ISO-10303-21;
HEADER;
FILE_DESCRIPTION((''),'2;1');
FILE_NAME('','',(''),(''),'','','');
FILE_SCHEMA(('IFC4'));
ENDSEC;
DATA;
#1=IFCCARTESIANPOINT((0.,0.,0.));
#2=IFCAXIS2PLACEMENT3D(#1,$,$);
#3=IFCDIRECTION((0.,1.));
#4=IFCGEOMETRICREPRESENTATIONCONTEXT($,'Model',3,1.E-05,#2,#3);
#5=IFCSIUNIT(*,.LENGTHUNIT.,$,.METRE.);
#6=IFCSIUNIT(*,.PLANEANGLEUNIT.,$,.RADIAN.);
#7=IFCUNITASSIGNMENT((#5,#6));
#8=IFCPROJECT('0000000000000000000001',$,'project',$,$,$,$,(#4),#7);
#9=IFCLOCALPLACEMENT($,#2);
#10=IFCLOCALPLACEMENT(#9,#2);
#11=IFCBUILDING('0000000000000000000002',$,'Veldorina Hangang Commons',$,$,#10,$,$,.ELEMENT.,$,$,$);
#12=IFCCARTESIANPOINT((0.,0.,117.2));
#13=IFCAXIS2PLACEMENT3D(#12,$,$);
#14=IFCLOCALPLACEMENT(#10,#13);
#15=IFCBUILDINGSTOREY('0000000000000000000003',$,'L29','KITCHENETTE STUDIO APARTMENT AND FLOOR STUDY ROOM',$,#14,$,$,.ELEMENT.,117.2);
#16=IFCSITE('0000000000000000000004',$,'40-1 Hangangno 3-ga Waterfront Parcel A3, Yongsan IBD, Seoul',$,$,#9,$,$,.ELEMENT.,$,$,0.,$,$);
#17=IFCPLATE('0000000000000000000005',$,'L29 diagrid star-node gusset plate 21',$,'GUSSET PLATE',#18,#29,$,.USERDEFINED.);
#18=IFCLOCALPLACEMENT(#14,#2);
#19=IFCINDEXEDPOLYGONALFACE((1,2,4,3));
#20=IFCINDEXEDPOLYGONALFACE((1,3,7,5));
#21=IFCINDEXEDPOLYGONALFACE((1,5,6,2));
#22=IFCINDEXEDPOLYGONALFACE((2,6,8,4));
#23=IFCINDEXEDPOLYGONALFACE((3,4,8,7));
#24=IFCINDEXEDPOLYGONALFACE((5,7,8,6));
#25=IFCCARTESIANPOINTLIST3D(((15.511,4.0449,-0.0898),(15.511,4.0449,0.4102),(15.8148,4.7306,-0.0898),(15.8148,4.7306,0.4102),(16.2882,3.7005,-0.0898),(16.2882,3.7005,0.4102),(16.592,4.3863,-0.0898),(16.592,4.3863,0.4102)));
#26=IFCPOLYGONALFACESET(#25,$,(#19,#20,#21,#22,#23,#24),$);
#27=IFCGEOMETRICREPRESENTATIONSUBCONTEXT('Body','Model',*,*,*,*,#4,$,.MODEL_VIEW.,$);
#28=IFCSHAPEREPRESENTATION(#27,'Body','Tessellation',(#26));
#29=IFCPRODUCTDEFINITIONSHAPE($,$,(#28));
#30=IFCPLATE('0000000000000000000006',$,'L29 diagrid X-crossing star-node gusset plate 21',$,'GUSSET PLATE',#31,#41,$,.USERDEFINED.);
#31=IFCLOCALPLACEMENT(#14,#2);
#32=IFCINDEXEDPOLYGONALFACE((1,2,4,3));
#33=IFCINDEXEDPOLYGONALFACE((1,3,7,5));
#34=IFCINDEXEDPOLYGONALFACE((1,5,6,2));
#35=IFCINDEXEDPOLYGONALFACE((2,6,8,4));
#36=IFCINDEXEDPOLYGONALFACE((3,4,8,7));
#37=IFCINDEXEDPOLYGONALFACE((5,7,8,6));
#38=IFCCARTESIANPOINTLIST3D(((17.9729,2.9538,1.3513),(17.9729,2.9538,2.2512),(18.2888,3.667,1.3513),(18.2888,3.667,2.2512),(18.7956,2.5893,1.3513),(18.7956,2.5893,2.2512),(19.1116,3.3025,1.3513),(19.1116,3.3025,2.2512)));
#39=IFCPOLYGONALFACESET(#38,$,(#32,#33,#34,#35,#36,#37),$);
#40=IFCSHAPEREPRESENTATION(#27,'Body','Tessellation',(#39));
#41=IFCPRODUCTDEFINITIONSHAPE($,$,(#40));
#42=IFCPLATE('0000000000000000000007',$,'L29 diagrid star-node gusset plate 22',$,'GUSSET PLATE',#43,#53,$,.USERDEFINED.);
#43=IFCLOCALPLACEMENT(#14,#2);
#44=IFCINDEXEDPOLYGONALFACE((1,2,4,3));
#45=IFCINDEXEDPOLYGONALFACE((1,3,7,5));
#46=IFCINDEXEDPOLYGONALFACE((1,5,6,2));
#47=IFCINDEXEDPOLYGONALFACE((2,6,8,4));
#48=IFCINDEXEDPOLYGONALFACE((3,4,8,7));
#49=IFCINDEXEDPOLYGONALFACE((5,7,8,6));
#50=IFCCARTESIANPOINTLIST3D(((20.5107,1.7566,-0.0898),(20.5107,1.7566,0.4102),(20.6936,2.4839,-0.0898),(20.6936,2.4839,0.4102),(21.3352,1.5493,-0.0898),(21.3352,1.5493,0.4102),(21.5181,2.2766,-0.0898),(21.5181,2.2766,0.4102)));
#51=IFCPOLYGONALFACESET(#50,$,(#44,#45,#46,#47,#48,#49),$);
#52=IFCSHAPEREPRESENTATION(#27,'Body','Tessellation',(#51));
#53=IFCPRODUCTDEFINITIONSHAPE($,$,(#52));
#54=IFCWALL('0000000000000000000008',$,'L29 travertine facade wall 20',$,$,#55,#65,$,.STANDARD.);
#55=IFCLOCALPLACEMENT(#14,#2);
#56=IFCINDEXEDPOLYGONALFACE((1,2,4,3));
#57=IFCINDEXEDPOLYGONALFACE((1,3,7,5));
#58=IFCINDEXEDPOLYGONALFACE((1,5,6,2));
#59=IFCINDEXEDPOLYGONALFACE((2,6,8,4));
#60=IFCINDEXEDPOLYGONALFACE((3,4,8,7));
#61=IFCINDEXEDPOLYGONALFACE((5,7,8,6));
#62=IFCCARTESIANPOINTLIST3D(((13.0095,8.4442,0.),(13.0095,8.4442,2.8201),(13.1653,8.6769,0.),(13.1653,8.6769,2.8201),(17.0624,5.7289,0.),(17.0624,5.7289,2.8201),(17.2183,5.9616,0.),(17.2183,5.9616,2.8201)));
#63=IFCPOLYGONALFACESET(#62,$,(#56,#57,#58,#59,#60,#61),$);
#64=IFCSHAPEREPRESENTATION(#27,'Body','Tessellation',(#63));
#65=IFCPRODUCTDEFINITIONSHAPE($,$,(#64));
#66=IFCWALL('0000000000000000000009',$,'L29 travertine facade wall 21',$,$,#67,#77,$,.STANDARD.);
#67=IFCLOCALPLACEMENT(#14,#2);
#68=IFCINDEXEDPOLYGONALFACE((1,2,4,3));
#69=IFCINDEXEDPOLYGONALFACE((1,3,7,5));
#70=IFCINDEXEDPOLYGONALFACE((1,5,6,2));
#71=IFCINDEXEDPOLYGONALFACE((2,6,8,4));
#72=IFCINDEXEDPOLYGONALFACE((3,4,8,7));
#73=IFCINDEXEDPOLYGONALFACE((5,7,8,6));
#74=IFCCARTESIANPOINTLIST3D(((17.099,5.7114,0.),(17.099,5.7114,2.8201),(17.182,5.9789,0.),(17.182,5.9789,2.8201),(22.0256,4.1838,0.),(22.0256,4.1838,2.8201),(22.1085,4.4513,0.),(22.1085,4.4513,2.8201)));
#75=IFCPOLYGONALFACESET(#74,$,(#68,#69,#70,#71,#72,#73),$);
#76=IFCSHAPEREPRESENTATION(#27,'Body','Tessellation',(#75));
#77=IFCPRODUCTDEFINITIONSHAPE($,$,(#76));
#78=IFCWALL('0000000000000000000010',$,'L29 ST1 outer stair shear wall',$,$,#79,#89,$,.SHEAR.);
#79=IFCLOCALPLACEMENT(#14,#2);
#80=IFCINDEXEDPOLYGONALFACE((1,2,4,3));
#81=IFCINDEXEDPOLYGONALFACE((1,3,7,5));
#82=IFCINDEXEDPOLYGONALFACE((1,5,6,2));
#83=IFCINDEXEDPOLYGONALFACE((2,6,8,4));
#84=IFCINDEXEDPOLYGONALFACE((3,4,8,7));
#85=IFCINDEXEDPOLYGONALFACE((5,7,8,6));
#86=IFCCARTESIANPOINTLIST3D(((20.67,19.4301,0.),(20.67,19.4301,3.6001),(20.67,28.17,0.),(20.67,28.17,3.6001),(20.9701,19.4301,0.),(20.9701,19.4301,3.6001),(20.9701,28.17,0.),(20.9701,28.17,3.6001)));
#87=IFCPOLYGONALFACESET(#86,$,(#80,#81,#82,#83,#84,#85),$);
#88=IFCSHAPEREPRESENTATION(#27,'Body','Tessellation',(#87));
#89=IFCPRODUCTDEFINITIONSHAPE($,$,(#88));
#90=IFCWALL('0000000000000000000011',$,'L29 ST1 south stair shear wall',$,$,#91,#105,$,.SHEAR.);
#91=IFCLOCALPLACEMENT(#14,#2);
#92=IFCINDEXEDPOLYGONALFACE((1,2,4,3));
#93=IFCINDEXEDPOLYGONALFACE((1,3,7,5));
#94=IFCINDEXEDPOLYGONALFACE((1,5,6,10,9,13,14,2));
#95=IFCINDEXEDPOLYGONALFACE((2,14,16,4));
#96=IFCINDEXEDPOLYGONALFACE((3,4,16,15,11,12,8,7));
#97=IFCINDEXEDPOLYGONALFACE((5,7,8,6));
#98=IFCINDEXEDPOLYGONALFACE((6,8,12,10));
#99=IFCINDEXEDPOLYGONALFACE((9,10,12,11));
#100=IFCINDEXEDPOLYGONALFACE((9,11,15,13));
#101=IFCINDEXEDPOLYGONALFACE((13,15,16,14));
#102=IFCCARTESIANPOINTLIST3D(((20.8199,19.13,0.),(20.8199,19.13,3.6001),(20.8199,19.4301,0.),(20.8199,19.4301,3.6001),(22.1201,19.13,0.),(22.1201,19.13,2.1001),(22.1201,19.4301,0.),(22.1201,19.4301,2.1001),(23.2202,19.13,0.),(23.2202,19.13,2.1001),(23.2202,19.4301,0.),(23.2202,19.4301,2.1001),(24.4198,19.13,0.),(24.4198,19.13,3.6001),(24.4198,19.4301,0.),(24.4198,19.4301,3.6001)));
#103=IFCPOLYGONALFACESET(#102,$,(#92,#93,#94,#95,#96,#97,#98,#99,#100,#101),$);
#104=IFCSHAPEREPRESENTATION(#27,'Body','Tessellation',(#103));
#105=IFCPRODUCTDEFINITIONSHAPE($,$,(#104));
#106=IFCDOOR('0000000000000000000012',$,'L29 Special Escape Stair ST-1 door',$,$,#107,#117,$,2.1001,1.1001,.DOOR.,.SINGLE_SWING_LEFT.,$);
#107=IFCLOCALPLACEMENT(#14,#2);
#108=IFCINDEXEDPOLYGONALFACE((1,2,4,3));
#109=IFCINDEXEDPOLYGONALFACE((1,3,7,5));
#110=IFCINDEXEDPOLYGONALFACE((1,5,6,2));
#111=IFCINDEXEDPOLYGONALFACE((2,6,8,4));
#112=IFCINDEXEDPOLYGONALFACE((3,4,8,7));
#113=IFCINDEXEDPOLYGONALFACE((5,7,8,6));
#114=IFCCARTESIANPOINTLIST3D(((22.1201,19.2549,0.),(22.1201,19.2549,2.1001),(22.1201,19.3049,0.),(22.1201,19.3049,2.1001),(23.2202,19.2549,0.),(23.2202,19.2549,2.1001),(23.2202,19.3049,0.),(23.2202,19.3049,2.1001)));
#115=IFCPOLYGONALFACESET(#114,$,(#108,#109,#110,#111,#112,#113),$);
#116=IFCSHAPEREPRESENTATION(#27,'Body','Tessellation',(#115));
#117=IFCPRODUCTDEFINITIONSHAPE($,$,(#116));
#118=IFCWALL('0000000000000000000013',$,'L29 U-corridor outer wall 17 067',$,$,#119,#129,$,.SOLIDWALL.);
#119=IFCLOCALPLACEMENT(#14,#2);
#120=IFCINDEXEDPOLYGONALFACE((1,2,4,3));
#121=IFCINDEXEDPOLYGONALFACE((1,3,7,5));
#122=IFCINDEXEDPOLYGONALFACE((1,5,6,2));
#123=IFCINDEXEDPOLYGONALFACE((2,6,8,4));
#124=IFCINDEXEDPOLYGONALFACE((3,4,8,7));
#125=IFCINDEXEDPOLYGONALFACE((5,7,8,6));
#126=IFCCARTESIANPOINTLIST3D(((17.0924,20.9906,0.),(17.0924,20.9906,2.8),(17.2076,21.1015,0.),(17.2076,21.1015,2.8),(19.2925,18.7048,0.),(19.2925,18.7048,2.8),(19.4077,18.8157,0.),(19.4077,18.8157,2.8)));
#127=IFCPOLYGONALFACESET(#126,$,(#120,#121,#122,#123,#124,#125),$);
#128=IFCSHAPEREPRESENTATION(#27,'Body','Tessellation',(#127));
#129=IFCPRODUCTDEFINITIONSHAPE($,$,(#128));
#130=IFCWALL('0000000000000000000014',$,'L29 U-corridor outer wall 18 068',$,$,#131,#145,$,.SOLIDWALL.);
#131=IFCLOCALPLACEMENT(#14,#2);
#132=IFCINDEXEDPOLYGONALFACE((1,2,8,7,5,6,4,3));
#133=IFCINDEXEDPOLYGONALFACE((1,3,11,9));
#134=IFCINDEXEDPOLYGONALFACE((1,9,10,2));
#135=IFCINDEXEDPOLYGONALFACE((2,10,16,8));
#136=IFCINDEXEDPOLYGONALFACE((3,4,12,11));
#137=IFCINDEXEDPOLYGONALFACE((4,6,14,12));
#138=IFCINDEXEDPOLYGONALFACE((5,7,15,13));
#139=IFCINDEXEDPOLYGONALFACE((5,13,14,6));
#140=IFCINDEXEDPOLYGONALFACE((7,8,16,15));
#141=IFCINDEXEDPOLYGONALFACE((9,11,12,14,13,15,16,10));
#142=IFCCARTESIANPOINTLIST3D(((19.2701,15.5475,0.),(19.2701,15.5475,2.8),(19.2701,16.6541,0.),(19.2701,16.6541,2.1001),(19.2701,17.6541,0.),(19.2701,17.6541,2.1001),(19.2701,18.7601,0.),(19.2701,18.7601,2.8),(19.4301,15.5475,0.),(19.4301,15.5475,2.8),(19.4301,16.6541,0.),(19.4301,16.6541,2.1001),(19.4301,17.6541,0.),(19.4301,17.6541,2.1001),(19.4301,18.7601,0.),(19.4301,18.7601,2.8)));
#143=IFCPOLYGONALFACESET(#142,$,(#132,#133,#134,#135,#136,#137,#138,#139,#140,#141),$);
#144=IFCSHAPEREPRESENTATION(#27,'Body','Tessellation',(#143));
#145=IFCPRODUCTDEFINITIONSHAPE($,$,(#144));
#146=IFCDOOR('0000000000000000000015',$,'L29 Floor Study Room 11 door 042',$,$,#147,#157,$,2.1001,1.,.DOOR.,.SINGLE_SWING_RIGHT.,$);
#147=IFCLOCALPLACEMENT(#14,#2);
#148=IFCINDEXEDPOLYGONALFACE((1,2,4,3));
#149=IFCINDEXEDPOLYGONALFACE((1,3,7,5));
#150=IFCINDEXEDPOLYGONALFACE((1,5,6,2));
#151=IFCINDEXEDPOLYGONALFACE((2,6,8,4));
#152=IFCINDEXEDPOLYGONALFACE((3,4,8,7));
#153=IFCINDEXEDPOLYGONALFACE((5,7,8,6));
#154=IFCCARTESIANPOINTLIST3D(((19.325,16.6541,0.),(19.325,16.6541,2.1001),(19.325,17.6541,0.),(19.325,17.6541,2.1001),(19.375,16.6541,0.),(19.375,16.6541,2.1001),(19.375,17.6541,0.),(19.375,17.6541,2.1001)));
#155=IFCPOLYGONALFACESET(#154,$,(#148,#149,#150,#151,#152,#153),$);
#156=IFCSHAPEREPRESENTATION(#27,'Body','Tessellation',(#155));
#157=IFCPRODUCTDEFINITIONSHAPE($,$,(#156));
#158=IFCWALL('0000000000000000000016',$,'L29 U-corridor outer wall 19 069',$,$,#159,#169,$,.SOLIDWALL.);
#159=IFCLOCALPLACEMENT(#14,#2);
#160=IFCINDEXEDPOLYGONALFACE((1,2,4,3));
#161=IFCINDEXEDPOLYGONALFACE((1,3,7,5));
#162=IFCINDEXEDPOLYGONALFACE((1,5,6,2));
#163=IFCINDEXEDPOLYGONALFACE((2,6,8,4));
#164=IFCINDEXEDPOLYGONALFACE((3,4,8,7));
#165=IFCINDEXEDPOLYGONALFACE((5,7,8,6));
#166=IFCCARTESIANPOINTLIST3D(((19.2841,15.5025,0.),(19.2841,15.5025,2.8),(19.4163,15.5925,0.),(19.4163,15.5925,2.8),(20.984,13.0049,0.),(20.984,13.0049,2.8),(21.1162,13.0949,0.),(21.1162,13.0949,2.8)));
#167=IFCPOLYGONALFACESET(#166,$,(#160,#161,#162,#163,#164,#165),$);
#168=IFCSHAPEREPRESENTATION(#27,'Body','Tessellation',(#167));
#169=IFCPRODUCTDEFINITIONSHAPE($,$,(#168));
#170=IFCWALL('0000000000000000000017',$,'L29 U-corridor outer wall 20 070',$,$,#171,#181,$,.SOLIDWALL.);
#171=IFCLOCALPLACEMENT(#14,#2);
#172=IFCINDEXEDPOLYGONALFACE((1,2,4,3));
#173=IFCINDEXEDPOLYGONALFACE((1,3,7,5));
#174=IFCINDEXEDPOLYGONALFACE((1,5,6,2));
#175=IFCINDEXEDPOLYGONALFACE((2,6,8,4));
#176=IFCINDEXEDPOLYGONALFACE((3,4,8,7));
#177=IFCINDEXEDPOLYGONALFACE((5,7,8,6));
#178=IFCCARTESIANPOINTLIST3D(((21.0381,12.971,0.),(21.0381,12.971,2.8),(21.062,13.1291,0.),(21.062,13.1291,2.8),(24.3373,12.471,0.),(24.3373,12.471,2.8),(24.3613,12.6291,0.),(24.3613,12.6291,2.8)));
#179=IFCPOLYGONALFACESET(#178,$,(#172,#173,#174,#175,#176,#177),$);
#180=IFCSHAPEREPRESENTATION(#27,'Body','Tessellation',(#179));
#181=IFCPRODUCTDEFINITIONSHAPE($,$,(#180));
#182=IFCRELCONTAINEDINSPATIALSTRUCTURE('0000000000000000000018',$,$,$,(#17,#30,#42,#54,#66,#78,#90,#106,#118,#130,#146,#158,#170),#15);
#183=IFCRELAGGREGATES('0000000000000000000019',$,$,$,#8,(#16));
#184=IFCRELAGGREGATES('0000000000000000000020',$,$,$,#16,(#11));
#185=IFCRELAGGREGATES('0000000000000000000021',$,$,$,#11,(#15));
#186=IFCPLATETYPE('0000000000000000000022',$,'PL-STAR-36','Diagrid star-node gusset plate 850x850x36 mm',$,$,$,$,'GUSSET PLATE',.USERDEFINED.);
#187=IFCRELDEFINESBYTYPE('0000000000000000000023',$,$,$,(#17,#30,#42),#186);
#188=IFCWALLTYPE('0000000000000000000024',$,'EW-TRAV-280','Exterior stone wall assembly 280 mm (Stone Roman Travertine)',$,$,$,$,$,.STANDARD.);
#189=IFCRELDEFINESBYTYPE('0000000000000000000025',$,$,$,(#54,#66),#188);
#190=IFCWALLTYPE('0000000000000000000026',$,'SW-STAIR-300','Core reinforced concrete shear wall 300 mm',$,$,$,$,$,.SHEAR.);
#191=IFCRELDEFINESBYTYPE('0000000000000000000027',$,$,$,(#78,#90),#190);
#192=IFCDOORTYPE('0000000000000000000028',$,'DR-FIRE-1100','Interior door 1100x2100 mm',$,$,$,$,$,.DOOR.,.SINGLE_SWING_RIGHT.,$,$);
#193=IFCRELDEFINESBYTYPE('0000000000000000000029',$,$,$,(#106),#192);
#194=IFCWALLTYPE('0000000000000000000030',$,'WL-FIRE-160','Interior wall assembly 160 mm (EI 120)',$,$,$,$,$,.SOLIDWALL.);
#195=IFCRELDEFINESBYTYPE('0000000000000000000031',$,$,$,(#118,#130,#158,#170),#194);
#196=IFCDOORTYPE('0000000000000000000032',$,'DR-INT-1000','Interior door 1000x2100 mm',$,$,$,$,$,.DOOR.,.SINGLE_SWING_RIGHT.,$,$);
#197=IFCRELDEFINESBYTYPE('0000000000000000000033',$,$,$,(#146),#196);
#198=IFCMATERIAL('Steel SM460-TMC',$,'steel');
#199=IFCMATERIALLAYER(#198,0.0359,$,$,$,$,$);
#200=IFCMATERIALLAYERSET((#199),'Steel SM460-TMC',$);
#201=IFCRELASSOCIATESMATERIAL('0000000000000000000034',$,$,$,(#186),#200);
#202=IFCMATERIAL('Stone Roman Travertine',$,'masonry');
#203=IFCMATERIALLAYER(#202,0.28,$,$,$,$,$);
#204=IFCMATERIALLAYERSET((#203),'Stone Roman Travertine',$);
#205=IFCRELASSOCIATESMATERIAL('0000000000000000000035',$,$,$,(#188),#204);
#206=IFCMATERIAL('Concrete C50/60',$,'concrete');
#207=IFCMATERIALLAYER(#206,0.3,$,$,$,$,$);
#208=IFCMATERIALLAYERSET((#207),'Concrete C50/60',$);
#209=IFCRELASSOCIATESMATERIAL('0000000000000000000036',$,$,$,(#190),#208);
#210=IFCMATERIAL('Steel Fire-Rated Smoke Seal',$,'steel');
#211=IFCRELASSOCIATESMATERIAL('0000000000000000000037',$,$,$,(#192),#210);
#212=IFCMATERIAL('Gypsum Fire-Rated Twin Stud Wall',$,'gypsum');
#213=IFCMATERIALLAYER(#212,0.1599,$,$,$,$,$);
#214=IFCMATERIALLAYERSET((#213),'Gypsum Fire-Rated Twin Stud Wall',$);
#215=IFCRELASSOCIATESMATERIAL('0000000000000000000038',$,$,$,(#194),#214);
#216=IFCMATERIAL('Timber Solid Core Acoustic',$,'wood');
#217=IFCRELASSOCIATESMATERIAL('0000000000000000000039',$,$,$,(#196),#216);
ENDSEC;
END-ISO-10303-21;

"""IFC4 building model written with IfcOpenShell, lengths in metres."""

from ifc_helpers import new_model, si_unit, direction, frame, frame_2d, origin, origin_2d, place, context, subcontext, project, spatial, rectangle, extrude, material, layer, layer_set, type_object, element, fill, save


model = new_model("IFC4")

# Units and contexts
model_context = context("Model", 3, precision=1e-05, world=origin(), true_north=direction((0.0, 1.0)))
body_context = subcontext(model_context, "Body", "Model", "MODEL_VIEW")
ifc_project = project(units=[si_unit("LENGTHUNIT", "METRE"), si_unit("PLANEANGLEUNIT", "RADIAN")], contexts=[model_context])

# Site, building, storey
site_placement = place(None, origin())
site = spatial("IfcSite", under=ifc_project, at=site_placement, Name="40-1 Hangangno 3-ga Waterfront Parcel A3, Yongsan IBD, Seoul", CompositionType="ELEMENT", RefElevation=0.0)
building_placement = place(site_placement, origin())
building = spatial("IfcBuilding", under=site, at=building_placement, Name="Veldorina Hangang Commons", CompositionType="ELEMENT")
storey_placement = place(building_placement, frame((0.0, 0.0, 117.2)))
storey = spatial("IfcBuildingStorey", under=building, at=storey_placement, Name="L29", Description="KITCHENETTE STUDIO APARTMENT AND FLOOR STUDY ROOM", CompositionType="ELEMENT", Elevation=117.2)

# Plates
ifc_material_1 = material(Name="Steel SM460-TMC", Category="steel")
ifc_layer_1 = layer(ifc_material_1, 0.0359)
ifc_layer_set_1 = layer_set([ifc_layer_1], Name="Steel SM460-TMC")
plate_type = type_object("IfcPlateType", Name="PL-STAR-36", Description="Diagrid star-node gusset plate 850x850x36 mm", ElementType="GUSSET PLATE", PredefinedType="USERDEFINED", material=ifc_layer_set_1)
plate_1_placement = place(storey_placement, frame((16.0515, 4.2156, -0.0898), z_axis=(0.0, 0.0, 1.0), x_axis=(0.914289, -0.405062, 0.0)))
element("IfcPlate", 1, at=plate_1_placement, inside=storey, type_object=plate_type, Name="L29 diagrid star-node gusset plate 21", ObjectType="GUSSET PLATE", PredefinedType="USERDEFINED", context=body_context, shape_type="SweptSolid", body=[
    extrude(rectangle(XDim=0.8501, YDim=0.75, at=origin_2d()), origin(), (0.0, 0.0, 1.0), 0.5),
])
plate_2_placement = place(storey_placement, frame((18.5422, 3.1282, 1.3513), z_axis=(0.0, 0.0, 1.0), x_axis=(0.914289, -0.405062, 0.0)))
element("IfcPlate", 2, at=plate_2_placement, inside=storey, type_object=plate_type, Name="L29 diagrid X-crossing star-node gusset plate 21", ObjectType="GUSSET PLATE", PredefinedType="USERDEFINED", context=body_context, shape_type="SweptSolid", body=[
    extrude(rectangle(XDim=0.8999, YDim=0.78, at=origin_2d()), origin(), (0.0, 0.0, 1.0), 0.8999),
])
plate_3_placement = place(storey_placement, frame((21.0144, 2.0166, -0.0898), z_axis=(0.0, 0.0, 1.0), x_axis=(0.969808, -0.243869, 0.0)))
element("IfcPlate", 3, at=plate_3_placement, inside=storey, type_object=plate_type, Name="L29 diagrid star-node gusset plate 22", ObjectType="GUSSET PLATE", PredefinedType="USERDEFINED", context=body_context, shape_type="SweptSolid", body=[
    extrude(rectangle(XDim=0.8501, YDim=0.75, at=origin_2d()), origin(), (0.0, 0.0, 1.0), 0.5),
])

# Walls
ifc_material_2 = material(Name="Stone Roman Travertine", Category="masonry")
ifc_layer_2 = layer(ifc_material_2, 0.28)
ifc_layer_set_2 = layer_set([ifc_layer_2], Name="Stone Roman Travertine")
wall_type_1 = type_object("IfcWallType", Name="EW-TRAV-280", Description="Exterior stone wall assembly 280 mm (Stone Roman Travertine)", PredefinedType="STANDARD", material=ifc_layer_set_2)
wall_1_placement = place(storey_placement, frame((13.0874, 8.5605, 0.0), z_axis=(0.0, 0.0, 1.0), x_axis=(0.830785, -0.556593, 0.0)))
element("IfcWall", 4, at=wall_1_placement, inside=storey, type_object=wall_type_1, Name="L29 travertine facade wall 20", PredefinedType="STANDARD", context=body_context, shape_type="SweptSolid", body=[
    extrude(rectangle(XDim=4.8784, YDim=0.28, at=frame_2d((2.4392, 0.0))), origin(), (0.0, 0.0, 1.0), 2.8201),
])
wall_2_placement = place(storey_placement, frame((17.1404, 5.8452, 0.0), z_axis=(0.0, 0.0, 1.0), x_axis=(0.955137, -0.296164, 0.0)))
element("IfcWall", 5, at=wall_2_placement, inside=storey, type_object=wall_type_1, Name="L29 travertine facade wall 21", PredefinedType="STANDARD", context=body_context, shape_type="SweptSolid", body=[
    extrude(rectangle(XDim=5.158, YDim=0.28, at=frame_2d((2.5791, 0.0))), origin(), (0.0, 0.0, 1.0), 2.8201),
])
ifc_material_3 = material(Name="Concrete C50/60", Category="concrete")
ifc_layer_3 = layer(ifc_material_3, 0.3)
ifc_layer_set_3 = layer_set([ifc_layer_3], Name="Concrete C50/60")
wall_type_2 = type_object("IfcWallType", Name="SW-STAIR-300", Description="Core reinforced concrete shear wall 300 mm", PredefinedType="SHEAR", material=ifc_layer_set_3)
wall_3_placement = place(storey_placement, frame((20.8201, 19.4299, 0.0), z_axis=(0.0, 0.0, 1.0), x_axis=(0.0, 1.0, 0.0)))
element("IfcWall", 6, at=wall_3_placement, inside=storey, type_object=wall_type_2, Name="L29 ST1 outer stair shear wall", PredefinedType="SHEAR", context=body_context, shape_type="SweptSolid", body=[
    extrude(rectangle(XDim=8.74, YDim=0.3, at=frame_2d((4.3701, 0.0))), origin(), (0.0, 0.0, 1.0), 3.6001),
])

# Wall, opening, door
wall_4_placement = place(storey_placement, frame((20.8201, 19.28, 0.0), z_axis=(0.0, 0.0, 1.0), x_axis=(1.0, 0.0, 0.0)))
wall_4 = element("IfcWall", 7, at=wall_4_placement, inside=storey, type_object=wall_type_2, Name="L29 ST1 south stair shear wall", PredefinedType="SHEAR", context=body_context, shape_type="SweptSolid", body=[
    extrude(rectangle(XDim=3.5999, YDim=0.3, at=frame_2d((1.7998, 0.0))), origin(), (0.0, 0.0, 1.0), 3.6001),
])
opening_1_placement = place(wall_4_placement, frame((1.3, 0.0, 0.0)))
opening_1 = element("IfcOpeningElement", 8, at=opening_1_placement, cuts=wall_4, PredefinedType="OPENING", context=body_context, shape_type="SweptSolid", body=[
    extrude(rectangle(XDim=1.1001, YDim=2.1001, at=frame_2d((0.55, 1.05))), frame((0.0, 0.1602, 0.0), z_axis=(0.0, -1.0, 0.0), x_axis=(1.0, 0.0, 0.0)), (0.0, 0.0, 1.0), 0.3201),
])
ifc_material_4 = material(Name="Steel Fire-Rated Smoke Seal", Category="steel")
door_type_1 = type_object("IfcDoorType", Name="DR-FIRE-1100", Description="Interior door 1100x2100 mm", OperationType="SINGLE_SWING_RIGHT", PredefinedType="DOOR", material=ifc_material_4)
door_1_placement = place(opening_1_placement, origin())
door_1 = element("IfcDoor", 9, at=door_1_placement, inside=storey, type_object=door_type_1, Name="L29 Special Escape Stair ST-1 door", OperationType="SINGLE_SWING_LEFT", OverallHeight=2.1001, OverallWidth=1.1001, PredefinedType="DOOR", context=body_context, shape_type="SweptSolid", body=[
    extrude(rectangle(XDim=1.1001, YDim=2.1001, at=frame_2d((0.55, 1.05))), frame((0.0, 0.0249, 0.0), z_axis=(0.0, -1.0, 0.0), x_axis=(1.0, 0.0, 0.0)), (0.0, 0.0, 1.0), 0.05),
])
fill(opening_1, door_1)

# Wall
ifc_material_5 = material(Name="Gypsum Fire-Rated Twin Stud Wall", Category="gypsum")
ifc_layer_4 = layer(ifc_material_5, 0.1599)
ifc_layer_set_4 = layer_set([ifc_layer_4], Name="Gypsum Fire-Rated Twin Stud Wall")
wall_type_3 = type_object("IfcWallType", Name="WL-FIRE-160", Description="Interior wall assembly 160 mm (EI 120)", PredefinedType="SOLIDWALL", material=ifc_layer_set_4)
wall_5_placement = place(storey_placement, frame((17.1499, 21.0461, 0.0), z_axis=(0.0, 0.0, 1.0), x_axis=(0.693473, -0.720483, 0.0)))
element("IfcWall", 10, at=wall_5_placement, inside=storey, type_object=wall_type_3, Name="L29 U-corridor outer wall 17 067", PredefinedType="SOLIDWALL", context=body_context, shape_type="SweptSolid", body=[
    extrude(rectangle(XDim=3.1726, YDim=0.1599, at=frame_2d((1.5864, 0.0))), origin(), (0.0, 0.0, 1.0), 2.8),
])

# Wall, opening, door
wall_6_placement = place(storey_placement, frame((19.3501, 18.7603, 0.0), z_axis=(0.0, 0.0, 1.0), x_axis=(0.0, -1.0, 0.0)))
wall_6 = element("IfcWall", 11, at=wall_6_placement, inside=storey, type_object=wall_type_3, Name="L29 U-corridor outer wall 18 068", PredefinedType="SOLIDWALL", context=body_context, shape_type="SweptSolid", body=[
    extrude(rectangle(XDim=3.2126, YDim=0.1599, at=frame_2d((1.6064, 0.0))), origin(), (0.0, 0.0, 1.0), 2.8),
])
opening_2_placement = place(wall_6_placement, frame((1.1062, 0.0, 0.0)))
opening_2 = element("IfcOpeningElement", 12, at=opening_2_placement, cuts=wall_6, PredefinedType="OPENING", context=body_context, shape_type="SweptSolid", body=[
    extrude(rectangle(XDim=1.0, YDim=2.1001, at=frame_2d((0.5, 1.05))), frame((0.0, 0.0898, 0.0), z_axis=(0.0, -1.0, 0.0), x_axis=(1.0, 0.0, 0.0)), (0.0, 0.0, 1.0), 0.1799),
])
ifc_material_6 = material(Name="Timber Solid Core Acoustic", Category="wood")
door_type_2 = type_object("IfcDoorType", Name="DR-INT-1000", Description="Interior door 1000x2100 mm", OperationType="SINGLE_SWING_RIGHT", PredefinedType="DOOR", material=ifc_material_6)
door_2_placement = place(opening_2_placement, origin())
door_2 = element("IfcDoor", 13, at=door_2_placement, inside=storey, type_object=door_type_2, Name="L29 Floor Study Room 11 door 042", OperationType="SINGLE_SWING_RIGHT", OverallHeight=2.1001, OverallWidth=1.0, PredefinedType="DOOR", context=body_context, shape_type="SweptSolid", body=[
    extrude(rectangle(XDim=1.0, YDim=2.1001, at=frame_2d((0.5, 1.05))), frame((0.0, 0.0249, 0.0), z_axis=(0.0, -1.0, 0.0), x_axis=(1.0, 0.0, 0.0)), (0.0, 0.0, 1.0), 0.05),
])
fill(opening_2, door_2)

# Walls
wall_7_placement = place(storey_placement, frame((19.3501, 15.5476, 0.0), z_axis=(0.0, 0.0, 1.0), x_axis=(0.562675, -0.826678, 0.0)))
element("IfcWall", 14, at=wall_7_placement, inside=storey, type_object=wall_type_3, Name="L29 U-corridor outer wall 19 069", PredefinedType="SOLIDWALL", context=body_context, shape_type="SweptSolid", body=[
    extrude(rectangle(XDim=3.0212, YDim=0.1599, at=frame_2d((1.5107, 0.0))), origin(), (0.0, 0.0, 1.0), 2.8),
])
wall_8_placement = place(storey_placement, frame((21.05, 13.05, 0.0), z_axis=(0.0, 0.0, 1.0), x_axis=(0.988711, -0.149836, 0.0)))
element("IfcWall", 15, at=wall_8_placement, inside=storey, type_object=wall_type_3, Name="L29 U-corridor outer wall 20 070", PredefinedType="SOLIDWALL", context=body_context, shape_type="SweptSolid", body=[
    extrude(rectangle(XDim=3.3369, YDim=0.1599, at=frame_2d((1.6685, 0.0))), origin(), (0.0, 0.0, 1.0), 2.8),
])

save(model, "model.ifc")
